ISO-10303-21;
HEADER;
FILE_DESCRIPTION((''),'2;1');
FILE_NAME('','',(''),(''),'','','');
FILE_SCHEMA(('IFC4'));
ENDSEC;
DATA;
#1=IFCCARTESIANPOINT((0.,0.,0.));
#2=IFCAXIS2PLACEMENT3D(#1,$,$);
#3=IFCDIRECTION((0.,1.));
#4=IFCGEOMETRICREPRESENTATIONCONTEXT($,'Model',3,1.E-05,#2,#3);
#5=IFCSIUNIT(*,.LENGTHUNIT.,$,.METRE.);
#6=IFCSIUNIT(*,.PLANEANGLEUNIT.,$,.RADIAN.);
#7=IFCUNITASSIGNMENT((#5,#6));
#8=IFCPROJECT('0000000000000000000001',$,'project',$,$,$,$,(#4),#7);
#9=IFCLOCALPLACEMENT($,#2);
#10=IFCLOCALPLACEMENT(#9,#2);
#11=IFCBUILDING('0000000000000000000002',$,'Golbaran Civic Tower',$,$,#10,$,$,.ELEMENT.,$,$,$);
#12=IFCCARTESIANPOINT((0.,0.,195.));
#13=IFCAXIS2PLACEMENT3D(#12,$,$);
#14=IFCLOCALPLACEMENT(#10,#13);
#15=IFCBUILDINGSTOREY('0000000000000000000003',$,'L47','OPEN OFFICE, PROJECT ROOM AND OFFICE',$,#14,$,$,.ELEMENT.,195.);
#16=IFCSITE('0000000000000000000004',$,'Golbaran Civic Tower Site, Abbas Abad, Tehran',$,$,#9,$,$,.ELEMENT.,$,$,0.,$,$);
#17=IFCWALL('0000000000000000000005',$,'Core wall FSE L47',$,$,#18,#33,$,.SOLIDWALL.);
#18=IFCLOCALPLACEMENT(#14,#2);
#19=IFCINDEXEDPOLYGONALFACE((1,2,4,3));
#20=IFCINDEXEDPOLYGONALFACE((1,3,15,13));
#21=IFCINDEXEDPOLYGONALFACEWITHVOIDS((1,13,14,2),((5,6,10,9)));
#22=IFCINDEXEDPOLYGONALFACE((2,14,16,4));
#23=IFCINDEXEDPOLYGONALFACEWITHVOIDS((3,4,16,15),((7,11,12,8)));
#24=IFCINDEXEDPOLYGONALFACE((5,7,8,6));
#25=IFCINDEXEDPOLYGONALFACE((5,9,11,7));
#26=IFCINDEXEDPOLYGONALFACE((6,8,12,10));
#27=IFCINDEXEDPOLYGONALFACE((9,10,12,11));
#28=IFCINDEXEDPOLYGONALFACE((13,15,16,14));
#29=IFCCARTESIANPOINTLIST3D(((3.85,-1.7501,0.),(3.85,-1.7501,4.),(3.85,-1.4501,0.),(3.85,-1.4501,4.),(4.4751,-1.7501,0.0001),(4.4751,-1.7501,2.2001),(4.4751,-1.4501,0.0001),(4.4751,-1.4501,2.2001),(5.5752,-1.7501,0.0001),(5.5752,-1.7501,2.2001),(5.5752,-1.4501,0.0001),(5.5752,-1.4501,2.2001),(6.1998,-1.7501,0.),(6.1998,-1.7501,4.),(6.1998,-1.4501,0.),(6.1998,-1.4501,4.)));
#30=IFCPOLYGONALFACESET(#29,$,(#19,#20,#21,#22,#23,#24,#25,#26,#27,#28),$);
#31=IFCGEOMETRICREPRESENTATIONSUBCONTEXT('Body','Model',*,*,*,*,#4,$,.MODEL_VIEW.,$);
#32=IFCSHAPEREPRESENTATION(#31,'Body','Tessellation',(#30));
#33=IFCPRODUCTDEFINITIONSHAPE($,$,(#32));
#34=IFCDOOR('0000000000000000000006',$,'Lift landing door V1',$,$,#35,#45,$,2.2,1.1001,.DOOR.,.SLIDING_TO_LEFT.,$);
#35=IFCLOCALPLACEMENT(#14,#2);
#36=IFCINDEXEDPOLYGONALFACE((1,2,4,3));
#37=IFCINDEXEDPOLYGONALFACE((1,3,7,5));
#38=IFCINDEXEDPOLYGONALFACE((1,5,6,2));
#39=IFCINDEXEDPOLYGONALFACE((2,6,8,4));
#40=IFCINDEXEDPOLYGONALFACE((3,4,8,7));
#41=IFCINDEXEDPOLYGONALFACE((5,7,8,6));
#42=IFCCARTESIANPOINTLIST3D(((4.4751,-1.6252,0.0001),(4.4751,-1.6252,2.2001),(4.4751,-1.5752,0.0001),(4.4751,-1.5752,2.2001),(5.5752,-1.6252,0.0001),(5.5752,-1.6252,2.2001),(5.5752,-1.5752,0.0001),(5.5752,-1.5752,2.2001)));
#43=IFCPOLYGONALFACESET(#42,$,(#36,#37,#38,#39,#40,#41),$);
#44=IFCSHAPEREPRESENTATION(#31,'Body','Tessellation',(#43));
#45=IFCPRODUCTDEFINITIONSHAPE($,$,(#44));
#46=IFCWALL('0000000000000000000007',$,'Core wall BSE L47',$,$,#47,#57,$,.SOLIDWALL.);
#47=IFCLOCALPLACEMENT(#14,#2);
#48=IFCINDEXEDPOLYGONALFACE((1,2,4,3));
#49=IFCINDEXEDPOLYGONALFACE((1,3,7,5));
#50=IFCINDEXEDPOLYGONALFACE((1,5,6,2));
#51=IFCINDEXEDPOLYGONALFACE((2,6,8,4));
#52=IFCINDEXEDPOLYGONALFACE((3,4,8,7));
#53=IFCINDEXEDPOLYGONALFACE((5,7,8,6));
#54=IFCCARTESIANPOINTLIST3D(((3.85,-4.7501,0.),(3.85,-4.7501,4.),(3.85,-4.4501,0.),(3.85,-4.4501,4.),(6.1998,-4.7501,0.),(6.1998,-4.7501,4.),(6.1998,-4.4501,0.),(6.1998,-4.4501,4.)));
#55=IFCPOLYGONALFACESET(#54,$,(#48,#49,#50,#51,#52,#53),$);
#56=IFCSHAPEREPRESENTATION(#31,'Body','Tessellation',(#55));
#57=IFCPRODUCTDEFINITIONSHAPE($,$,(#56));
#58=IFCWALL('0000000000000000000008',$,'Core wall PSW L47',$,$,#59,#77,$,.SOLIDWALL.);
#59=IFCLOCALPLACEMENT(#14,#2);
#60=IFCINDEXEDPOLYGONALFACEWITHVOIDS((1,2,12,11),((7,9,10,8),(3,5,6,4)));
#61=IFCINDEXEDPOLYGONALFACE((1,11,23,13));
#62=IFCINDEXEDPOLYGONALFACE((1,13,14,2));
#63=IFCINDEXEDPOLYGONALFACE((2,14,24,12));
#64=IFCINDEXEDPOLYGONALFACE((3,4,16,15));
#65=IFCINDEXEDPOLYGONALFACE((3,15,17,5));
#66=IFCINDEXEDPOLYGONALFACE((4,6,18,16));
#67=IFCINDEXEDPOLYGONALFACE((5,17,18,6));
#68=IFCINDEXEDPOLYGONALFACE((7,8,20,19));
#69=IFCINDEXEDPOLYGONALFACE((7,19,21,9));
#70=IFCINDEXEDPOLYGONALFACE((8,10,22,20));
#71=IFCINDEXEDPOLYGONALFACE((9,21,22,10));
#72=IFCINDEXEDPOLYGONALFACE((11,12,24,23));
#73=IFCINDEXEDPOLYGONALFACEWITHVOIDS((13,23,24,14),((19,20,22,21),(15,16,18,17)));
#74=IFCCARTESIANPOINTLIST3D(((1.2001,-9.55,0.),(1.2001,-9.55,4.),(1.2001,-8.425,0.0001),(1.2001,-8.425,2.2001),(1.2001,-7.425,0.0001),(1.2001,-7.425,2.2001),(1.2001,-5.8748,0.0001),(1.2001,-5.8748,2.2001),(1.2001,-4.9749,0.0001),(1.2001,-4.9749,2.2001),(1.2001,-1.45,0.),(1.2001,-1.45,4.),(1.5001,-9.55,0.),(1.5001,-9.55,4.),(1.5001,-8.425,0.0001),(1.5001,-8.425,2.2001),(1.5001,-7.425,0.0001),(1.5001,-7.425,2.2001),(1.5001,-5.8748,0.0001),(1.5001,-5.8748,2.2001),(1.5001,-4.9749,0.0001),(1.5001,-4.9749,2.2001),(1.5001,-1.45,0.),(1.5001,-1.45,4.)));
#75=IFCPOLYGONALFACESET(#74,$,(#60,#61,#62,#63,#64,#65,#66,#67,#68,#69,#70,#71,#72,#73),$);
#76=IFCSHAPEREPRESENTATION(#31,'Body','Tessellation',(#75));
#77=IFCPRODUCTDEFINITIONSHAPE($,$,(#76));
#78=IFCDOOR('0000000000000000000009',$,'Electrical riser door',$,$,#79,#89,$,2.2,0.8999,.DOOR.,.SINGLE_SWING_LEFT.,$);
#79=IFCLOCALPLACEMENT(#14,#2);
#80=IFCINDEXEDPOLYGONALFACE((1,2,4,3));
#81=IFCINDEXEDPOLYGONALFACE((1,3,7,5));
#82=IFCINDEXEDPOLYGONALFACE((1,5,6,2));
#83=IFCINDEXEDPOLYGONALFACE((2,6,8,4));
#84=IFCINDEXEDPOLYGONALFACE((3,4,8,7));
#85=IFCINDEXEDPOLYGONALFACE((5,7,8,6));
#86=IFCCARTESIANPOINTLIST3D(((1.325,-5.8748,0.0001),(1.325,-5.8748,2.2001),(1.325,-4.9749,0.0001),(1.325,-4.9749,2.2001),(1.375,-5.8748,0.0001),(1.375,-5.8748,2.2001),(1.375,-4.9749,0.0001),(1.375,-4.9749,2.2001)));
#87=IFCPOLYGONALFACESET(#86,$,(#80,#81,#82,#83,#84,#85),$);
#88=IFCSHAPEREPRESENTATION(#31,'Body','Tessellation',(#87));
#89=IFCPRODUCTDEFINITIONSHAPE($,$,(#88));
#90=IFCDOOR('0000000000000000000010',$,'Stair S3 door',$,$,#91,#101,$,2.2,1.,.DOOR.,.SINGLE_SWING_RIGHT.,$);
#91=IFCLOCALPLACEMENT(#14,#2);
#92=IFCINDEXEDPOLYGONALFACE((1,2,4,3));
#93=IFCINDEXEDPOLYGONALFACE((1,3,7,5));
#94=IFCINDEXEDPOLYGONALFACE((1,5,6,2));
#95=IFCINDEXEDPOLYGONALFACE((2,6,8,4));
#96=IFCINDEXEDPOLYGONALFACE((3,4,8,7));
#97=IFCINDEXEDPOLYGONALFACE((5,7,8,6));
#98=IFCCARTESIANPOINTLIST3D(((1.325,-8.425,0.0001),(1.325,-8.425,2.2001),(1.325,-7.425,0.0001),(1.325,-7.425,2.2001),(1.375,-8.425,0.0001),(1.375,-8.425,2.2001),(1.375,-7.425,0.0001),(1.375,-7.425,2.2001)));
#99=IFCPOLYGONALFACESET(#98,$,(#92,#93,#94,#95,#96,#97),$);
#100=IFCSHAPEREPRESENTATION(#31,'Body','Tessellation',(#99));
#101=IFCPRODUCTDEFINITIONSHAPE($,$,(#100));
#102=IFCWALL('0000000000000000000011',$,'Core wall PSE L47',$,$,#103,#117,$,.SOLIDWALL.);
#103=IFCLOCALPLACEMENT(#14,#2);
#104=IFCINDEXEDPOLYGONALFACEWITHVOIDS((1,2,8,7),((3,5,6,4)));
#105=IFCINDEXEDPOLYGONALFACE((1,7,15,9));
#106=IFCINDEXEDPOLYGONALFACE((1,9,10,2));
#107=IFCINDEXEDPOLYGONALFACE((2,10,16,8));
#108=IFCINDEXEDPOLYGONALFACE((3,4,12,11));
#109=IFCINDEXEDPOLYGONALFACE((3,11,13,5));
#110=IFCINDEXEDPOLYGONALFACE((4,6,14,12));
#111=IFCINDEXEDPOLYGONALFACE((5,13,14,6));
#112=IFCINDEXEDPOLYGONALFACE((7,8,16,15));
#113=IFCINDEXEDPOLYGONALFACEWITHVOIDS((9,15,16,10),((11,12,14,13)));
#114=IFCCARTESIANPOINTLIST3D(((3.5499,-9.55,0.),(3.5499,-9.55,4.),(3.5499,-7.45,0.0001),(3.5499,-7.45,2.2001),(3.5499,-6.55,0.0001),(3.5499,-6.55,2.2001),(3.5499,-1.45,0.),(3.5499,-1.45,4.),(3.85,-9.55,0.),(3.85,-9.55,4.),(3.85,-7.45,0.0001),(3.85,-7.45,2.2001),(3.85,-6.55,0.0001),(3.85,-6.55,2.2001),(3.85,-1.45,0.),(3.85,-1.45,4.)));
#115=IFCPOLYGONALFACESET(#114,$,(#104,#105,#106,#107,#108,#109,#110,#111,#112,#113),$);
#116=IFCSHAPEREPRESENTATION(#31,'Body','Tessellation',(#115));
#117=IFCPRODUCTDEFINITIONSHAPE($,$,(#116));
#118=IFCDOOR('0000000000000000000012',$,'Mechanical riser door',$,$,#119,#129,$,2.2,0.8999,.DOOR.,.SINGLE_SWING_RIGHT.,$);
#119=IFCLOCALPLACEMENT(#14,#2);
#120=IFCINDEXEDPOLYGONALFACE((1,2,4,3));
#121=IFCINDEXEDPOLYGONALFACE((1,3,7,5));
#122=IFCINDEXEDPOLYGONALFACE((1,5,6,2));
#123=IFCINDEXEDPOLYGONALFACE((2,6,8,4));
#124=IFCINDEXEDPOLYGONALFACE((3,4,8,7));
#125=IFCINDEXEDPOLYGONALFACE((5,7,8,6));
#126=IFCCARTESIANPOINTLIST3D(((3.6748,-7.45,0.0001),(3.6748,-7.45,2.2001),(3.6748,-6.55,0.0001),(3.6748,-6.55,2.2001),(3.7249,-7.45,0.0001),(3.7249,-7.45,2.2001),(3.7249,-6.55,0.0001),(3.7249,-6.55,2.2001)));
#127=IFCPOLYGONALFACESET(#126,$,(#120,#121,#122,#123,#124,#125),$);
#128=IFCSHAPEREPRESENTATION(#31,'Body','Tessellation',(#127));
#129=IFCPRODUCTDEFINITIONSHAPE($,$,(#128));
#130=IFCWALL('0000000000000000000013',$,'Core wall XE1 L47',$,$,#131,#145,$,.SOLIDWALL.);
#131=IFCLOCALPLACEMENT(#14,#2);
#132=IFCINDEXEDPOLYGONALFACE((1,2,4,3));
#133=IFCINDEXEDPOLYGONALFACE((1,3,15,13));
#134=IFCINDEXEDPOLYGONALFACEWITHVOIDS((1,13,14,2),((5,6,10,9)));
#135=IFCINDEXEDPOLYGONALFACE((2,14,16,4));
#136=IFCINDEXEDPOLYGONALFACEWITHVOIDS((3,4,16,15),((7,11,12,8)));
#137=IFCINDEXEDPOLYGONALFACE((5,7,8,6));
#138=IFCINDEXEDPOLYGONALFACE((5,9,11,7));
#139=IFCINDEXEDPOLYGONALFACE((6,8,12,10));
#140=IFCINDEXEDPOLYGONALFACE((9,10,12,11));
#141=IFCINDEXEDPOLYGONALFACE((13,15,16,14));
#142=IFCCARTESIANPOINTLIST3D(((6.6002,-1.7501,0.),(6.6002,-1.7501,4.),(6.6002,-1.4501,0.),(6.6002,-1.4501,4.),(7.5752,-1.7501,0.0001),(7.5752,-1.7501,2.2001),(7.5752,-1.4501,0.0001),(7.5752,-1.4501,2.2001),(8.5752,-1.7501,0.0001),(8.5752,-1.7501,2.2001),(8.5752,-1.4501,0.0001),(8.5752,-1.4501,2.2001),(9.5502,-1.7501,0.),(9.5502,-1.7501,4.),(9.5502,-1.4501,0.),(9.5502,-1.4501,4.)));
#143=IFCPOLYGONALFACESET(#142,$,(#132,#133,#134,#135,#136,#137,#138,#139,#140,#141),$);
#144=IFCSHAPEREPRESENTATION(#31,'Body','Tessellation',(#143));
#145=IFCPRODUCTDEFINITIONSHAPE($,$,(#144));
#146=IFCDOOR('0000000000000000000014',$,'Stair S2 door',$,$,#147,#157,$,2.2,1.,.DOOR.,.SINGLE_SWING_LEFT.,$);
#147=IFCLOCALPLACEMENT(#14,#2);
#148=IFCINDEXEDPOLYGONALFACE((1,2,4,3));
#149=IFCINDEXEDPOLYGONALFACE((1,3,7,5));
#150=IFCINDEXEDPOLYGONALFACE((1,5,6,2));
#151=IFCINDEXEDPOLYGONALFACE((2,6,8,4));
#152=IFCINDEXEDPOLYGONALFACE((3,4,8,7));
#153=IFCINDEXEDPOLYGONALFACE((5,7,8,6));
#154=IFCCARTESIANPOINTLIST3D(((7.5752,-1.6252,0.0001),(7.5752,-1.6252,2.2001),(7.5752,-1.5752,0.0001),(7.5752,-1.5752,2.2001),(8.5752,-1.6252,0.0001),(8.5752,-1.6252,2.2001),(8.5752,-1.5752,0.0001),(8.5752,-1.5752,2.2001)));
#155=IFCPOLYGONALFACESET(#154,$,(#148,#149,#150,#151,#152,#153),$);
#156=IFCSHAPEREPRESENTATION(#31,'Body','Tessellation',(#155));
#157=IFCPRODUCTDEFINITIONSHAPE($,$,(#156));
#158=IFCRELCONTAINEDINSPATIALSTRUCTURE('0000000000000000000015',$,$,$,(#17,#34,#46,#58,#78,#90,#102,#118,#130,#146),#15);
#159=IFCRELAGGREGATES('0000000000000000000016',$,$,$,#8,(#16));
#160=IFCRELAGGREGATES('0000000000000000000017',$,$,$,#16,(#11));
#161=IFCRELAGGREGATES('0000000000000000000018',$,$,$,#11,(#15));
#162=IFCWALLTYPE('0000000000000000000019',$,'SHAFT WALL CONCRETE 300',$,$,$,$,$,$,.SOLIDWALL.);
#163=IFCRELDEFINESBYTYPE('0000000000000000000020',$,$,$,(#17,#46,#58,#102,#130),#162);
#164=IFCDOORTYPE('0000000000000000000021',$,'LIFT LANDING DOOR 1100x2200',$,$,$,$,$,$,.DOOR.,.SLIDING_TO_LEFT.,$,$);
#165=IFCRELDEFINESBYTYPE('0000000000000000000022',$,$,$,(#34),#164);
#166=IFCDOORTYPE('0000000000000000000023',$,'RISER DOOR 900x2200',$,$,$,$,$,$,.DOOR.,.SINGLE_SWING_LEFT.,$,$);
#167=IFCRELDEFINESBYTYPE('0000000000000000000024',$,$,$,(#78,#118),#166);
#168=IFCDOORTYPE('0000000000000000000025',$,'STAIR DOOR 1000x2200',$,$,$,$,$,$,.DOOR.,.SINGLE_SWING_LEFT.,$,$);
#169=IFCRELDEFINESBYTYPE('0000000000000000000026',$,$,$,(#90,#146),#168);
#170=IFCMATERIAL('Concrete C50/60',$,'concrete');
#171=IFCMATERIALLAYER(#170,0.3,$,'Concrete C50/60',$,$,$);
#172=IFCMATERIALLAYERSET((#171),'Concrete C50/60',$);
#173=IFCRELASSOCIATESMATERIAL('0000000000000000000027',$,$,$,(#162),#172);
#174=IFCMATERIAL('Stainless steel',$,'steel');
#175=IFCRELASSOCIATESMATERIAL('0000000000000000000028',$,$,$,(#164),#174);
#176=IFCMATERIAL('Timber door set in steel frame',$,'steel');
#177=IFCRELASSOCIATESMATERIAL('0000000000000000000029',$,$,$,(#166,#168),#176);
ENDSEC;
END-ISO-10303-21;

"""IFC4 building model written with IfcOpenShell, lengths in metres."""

from ifc_helpers import new_model, si_unit, direction, frame, frame_2d, origin, place, context, subcontext, project, spatial, rectangle, extrude, material, layer, layer_set, type_object, element, fill, save


model = new_model("IFC4")

# Units and contexts
model_context = context("Model", 3, precision=1e-05, world=origin(), true_north=direction((0.0, 1.0)))
body_context = subcontext(model_context, "Body", "Model", "MODEL_VIEW")
ifc_project = project(units=[si_unit("LENGTHUNIT", "METRE"), si_unit("PLANEANGLEUNIT", "RADIAN")], contexts=[model_context])

# Site, building, storey
site_placement = place(None, origin())
site = spatial("IfcSite", under=ifc_project, at=site_placement, Name="Golbaran Civic Tower Site, Abbas Abad, Tehran", CompositionType="ELEMENT", RefElevation=0.0)
building_placement = place(site_placement, origin())
building = spatial("IfcBuilding", under=site, at=building_placement, Name="Golbaran Civic Tower", CompositionType="ELEMENT")
storey_placement = place(building_placement, frame((0.0, 0.0, 195.0)))
storey = spatial("IfcBuildingStorey", under=building, at=storey_placement, Name="L47", Description="OPEN OFFICE, PROJECT ROOM AND OFFICE", CompositionType="ELEMENT", Elevation=195.0)

# Shared definitions
ifc_material_1 = material(Name="Timber door set in steel frame", Category="steel")

# Wall, opening, door
ifc_material_2 = material(Name="Concrete C50/60", Category="concrete")
ifc_layer_1 = layer(ifc_material_2, 0.3, Name="Concrete C50/60")
ifc_layer_set_1 = layer_set([ifc_layer_1], Name="Concrete C50/60")
wall_type_1 = type_object("IfcWallType", Name="SHAFT WALL CONCRETE 300", PredefinedType="SOLIDWALL", material=ifc_layer_set_1)
wall_1_placement = place(storey_placement, frame((3.8501, -1.6001, 0.0), z_axis=(0.0, 0.0, 1.0), x_axis=(1.0, 0.0, 0.0)))
wall_1 = element("IfcWall", 1, at=wall_1_placement, inside=storey, type_object=wall_type_1, Name="Core wall FSE L47", PredefinedType="SOLIDWALL", context=body_context, shape_type="SweptSolid", body=[
    extrude(rectangle(XDim=2.3499, YDim=0.3, at=frame_2d((1.1748, 0.0))), origin(), (0.0, 0.0, 1.0), 4.0),
])
opening_1_placement = place(wall_1_placement, frame((0.625, 0.0, 0.0)))
opening_1 = element("IfcOpeningElement", 2, at=opening_1_placement, cuts=wall_1, PredefinedType="OPENING", context=body_context, shape_type="SweptSolid", body=[
    extrude(rectangle(XDim=1.1001, YDim=2.2, at=frame_2d((0.55, 1.1001))), frame((0.0, 0.1599, 0.0), z_axis=(0.0, -1.0, 0.0), x_axis=(1.0, 0.0, 0.0)), (0.0, 0.0, 1.0), 0.3201),
])
ifc_material_3 = material(Name="Stainless steel", Category="steel")
door_type_1 = type_object("IfcDoorType", Name="LIFT LANDING DOOR 1100x2200", OperationType="SLIDING_TO_LEFT", PredefinedType="DOOR", material=ifc_material_3)
door_1_placement = place(opening_1_placement, origin())
door_1 = element("IfcDoor", 3, at=door_1_placement, inside=storey, type_object=door_type_1, Name="Lift landing door V1", OperationType="SLIDING_TO_LEFT", OverallHeight=2.2, OverallWidth=1.1001, PredefinedType="DOOR", context=body_context, shape_type="SweptSolid", body=[
    extrude(rectangle(XDim=1.1001, YDim=2.2, at=frame_2d((0.55, 1.1001))), frame((0.0, 0.0249, 0.0), z_axis=(0.0, -1.0, 0.0), x_axis=(1.0, 0.0, 0.0)), (0.0, 0.0, 1.0), 0.05),
])
fill(opening_1, door_1)

# Wall
wall_2_placement = place(storey_placement, frame((3.8501, -4.6001, 0.0), z_axis=(0.0, 0.0, 1.0), x_axis=(1.0, 0.0, 0.0)))
element("IfcWall", 4, at=wall_2_placement, inside=storey, type_object=wall_type_1, Name="Core wall BSE L47", PredefinedType="SOLIDWALL", context=body_context, shape_type="SweptSolid", body=[
    extrude(rectangle(XDim=2.3499, YDim=0.3, at=frame_2d((1.1748, 0.0))), origin(), (0.0, 0.0, 1.0), 4.0),
])

# Wall, openings, doors
wall_3_placement = place(storey_placement, frame((1.3501, -1.45, 0.0), z_axis=(0.0, 0.0, 1.0), x_axis=(0.0, -1.0, 0.0)))
wall_3 = element("IfcWall", 5, at=wall_3_placement, inside=storey, type_object=wall_type_1, Name="Core wall PSW L47", PredefinedType="SOLIDWALL", context=body_context, shape_type="SweptSolid", body=[
    extrude(rectangle(XDim=8.1001, YDim=0.3, at=frame_2d((4.05, 0.0))), origin(), (0.0, 0.0, 1.0), 4.0),
])
opening_2_placement = place(wall_3_placement, frame((5.9751, 0.0, 0.0)))
opening_2 = element("IfcOpeningElement", 6, at=opening_2_placement, cuts=wall_3, PredefinedType="OPENING", context=body_context, shape_type="SweptSolid", body=[
    extrude(rectangle(XDim=1.0, YDim=2.2, at=frame_2d((0.5, 1.1001))), frame((0.0, 0.1599, 0.0), z_axis=(0.0, -1.0, 0.0), x_axis=(1.0, 0.0, 0.0)), (0.0, 0.0, 1.0), 0.3201),
])
opening_3_placement = place(wall_3_placement, frame((3.5249, 0.0, 0.0)))
opening_3 = element("IfcOpeningElement", 7, at=opening_3_placement, cuts=wall_3, PredefinedType="OPENING", context=body_context, shape_type="SweptSolid", body=[
    extrude(rectangle(XDim=0.8999, YDim=2.2, at=frame_2d((0.45, 1.1001))), frame((0.0, 0.1599, 0.0), z_axis=(0.0, -1.0, 0.0), x_axis=(1.0, 0.0, 0.0)), (0.0, 0.0, 1.0), 0.3201),
])
door_type_2 = type_object("IfcDoorType", Name="RISER DOOR 900x2200", OperationType="SINGLE_SWING_LEFT", PredefinedType="DOOR", material=ifc_material_1)
door_2_placement = place(opening_3_placement, origin())
door_2 = element("IfcDoor", 8, at=door_2_placement, inside=storey, type_object=door_type_2, Name="Electrical riser door", OperationType="SINGLE_SWING_LEFT", OverallHeight=2.2, OverallWidth=0.8999, PredefinedType="DOOR", context=body_context, shape_type="SweptSolid", body=[
    extrude(rectangle(XDim=0.8999, YDim=2.2, at=frame_2d((0.45, 1.1001))), frame((0.0, 0.0249, 0.0), z_axis=(0.0, -1.0, 0.0), x_axis=(1.0, 0.0, 0.0)), (0.0, 0.0, 1.0), 0.05),
])
fill(opening_3, door_2)
door_type_3 = type_object("IfcDoorType", Name="STAIR DOOR 1000x2200", OperationType="SINGLE_SWING_LEFT", PredefinedType="DOOR", material=ifc_material_1)
door_3_placement = place(opening_2_placement, origin())
door_3 = element("IfcDoor", 9, at=door_3_placement, inside=storey, type_object=door_type_3, Name="Stair S3 door", OperationType="SINGLE_SWING_RIGHT", OverallHeight=2.2, OverallWidth=1.0, PredefinedType="DOOR", context=body_context, shape_type="SweptSolid", body=[
    extrude(rectangle(XDim=1.0, YDim=2.2, at=frame_2d((0.5, 1.1001))), frame((0.0, 0.0249, 0.0), z_axis=(0.0, -1.0, 0.0), x_axis=(1.0, 0.0, 0.0)), (0.0, 0.0, 1.0), 0.05),
])
fill(opening_2, door_3)

# Walls, openings, doors
wall_4_placement = place(storey_placement, frame((3.7, -1.45, 0.0), z_axis=(0.0, 0.0, 1.0), x_axis=(0.0, -1.0, 0.0)))
wall_4 = element("IfcWall", 10, at=wall_4_placement, inside=storey, type_object=wall_type_1, Name="Core wall PSE L47", PredefinedType="SOLIDWALL", context=body_context, shape_type="SweptSolid", body=[
    extrude(rectangle(XDim=8.1001, YDim=0.3, at=frame_2d((4.05, 0.0))), origin(), (0.0, 0.0, 1.0), 4.0),
])
opening_4_placement = place(wall_4_placement, frame((5.1001, 0.0, 0.0)))
opening_4 = element("IfcOpeningElement", 11, at=opening_4_placement, cuts=wall_4, PredefinedType="OPENING", context=body_context, shape_type="SweptSolid", body=[
    extrude(rectangle(XDim=0.8999, YDim=2.2, at=frame_2d((0.45, 1.1001))), frame((0.0, 0.1599, 0.0), z_axis=(0.0, -1.0, 0.0), x_axis=(1.0, 0.0, 0.0)), (0.0, 0.0, 1.0), 0.3201),
])
door_4_placement = place(opening_4_placement, origin())
door_4 = element("IfcDoor", 12, at=door_4_placement, inside=storey, type_object=door_type_2, Name="Mechanical riser door", OperationType="SINGLE_SWING_RIGHT", OverallHeight=2.2, OverallWidth=0.8999, PredefinedType="DOOR", context=body_context, shape_type="SweptSolid", body=[
    extrude(rectangle(XDim=0.8999, YDim=2.2, at=frame_2d((0.45, 1.1001))), frame((0.0, 0.0249, 0.0), z_axis=(0.0, -1.0, 0.0), x_axis=(1.0, 0.0, 0.0)), (0.0, 0.0, 1.0), 0.05),
])
fill(opening_4, door_4)
wall_5_placement = place(storey_placement, frame((6.6001, -1.6001, 0.0), z_axis=(0.0, 0.0, 1.0), x_axis=(1.0, 0.0, 0.0)))
wall_5 = element("IfcWall", 13, at=wall_5_placement, inside=storey, type_object=wall_type_1, Name="Core wall XE1 L47", PredefinedType="SOLIDWALL", context=body_context, shape_type="SweptSolid", body=[
    extrude(rectangle(XDim=2.95, YDim=0.3, at=frame_2d((1.4751, 0.0))), origin(), (0.0, 0.0, 1.0), 4.0),
])
opening_5_placement = place(wall_5_placement, frame((0.9751, 0.0, 0.0)))
opening_5 = element("IfcOpeningElement", 14, at=opening_5_placement, cuts=wall_5, PredefinedType="OPENING", context=body_context, shape_type="SweptSolid", body=[
    extrude(rectangle(XDim=1.0, YDim=2.2, at=frame_2d((0.5, 1.1001))), frame((0.0, 0.1599, 0.0), z_axis=(0.0, -1.0, 0.0), x_axis=(1.0, 0.0, 0.0)), (0.0, 0.0, 1.0), 0.3201),
])
door_5_placement = place(opening_5_placement, origin())
door_5 = element("IfcDoor", 15, at=door_5_placement, inside=storey, type_object=door_type_3, Name="Stair S2 door", OperationType="SINGLE_SWING_LEFT", OverallHeight=2.2, OverallWidth=1.0, PredefinedType="DOOR", context=body_context, shape_type="SweptSolid", body=[
    extrude(rectangle(XDim=1.0, YDim=2.2, at=frame_2d((0.5, 1.1001))), frame((0.0, 0.0249, 0.0), z_axis=(0.0, -1.0, 0.0), x_axis=(1.0, 0.0, 0.0)), (0.0, 0.0, 1.0), 0.05),
])
fill(opening_5, door_5)

save(model, "model.ifc")
